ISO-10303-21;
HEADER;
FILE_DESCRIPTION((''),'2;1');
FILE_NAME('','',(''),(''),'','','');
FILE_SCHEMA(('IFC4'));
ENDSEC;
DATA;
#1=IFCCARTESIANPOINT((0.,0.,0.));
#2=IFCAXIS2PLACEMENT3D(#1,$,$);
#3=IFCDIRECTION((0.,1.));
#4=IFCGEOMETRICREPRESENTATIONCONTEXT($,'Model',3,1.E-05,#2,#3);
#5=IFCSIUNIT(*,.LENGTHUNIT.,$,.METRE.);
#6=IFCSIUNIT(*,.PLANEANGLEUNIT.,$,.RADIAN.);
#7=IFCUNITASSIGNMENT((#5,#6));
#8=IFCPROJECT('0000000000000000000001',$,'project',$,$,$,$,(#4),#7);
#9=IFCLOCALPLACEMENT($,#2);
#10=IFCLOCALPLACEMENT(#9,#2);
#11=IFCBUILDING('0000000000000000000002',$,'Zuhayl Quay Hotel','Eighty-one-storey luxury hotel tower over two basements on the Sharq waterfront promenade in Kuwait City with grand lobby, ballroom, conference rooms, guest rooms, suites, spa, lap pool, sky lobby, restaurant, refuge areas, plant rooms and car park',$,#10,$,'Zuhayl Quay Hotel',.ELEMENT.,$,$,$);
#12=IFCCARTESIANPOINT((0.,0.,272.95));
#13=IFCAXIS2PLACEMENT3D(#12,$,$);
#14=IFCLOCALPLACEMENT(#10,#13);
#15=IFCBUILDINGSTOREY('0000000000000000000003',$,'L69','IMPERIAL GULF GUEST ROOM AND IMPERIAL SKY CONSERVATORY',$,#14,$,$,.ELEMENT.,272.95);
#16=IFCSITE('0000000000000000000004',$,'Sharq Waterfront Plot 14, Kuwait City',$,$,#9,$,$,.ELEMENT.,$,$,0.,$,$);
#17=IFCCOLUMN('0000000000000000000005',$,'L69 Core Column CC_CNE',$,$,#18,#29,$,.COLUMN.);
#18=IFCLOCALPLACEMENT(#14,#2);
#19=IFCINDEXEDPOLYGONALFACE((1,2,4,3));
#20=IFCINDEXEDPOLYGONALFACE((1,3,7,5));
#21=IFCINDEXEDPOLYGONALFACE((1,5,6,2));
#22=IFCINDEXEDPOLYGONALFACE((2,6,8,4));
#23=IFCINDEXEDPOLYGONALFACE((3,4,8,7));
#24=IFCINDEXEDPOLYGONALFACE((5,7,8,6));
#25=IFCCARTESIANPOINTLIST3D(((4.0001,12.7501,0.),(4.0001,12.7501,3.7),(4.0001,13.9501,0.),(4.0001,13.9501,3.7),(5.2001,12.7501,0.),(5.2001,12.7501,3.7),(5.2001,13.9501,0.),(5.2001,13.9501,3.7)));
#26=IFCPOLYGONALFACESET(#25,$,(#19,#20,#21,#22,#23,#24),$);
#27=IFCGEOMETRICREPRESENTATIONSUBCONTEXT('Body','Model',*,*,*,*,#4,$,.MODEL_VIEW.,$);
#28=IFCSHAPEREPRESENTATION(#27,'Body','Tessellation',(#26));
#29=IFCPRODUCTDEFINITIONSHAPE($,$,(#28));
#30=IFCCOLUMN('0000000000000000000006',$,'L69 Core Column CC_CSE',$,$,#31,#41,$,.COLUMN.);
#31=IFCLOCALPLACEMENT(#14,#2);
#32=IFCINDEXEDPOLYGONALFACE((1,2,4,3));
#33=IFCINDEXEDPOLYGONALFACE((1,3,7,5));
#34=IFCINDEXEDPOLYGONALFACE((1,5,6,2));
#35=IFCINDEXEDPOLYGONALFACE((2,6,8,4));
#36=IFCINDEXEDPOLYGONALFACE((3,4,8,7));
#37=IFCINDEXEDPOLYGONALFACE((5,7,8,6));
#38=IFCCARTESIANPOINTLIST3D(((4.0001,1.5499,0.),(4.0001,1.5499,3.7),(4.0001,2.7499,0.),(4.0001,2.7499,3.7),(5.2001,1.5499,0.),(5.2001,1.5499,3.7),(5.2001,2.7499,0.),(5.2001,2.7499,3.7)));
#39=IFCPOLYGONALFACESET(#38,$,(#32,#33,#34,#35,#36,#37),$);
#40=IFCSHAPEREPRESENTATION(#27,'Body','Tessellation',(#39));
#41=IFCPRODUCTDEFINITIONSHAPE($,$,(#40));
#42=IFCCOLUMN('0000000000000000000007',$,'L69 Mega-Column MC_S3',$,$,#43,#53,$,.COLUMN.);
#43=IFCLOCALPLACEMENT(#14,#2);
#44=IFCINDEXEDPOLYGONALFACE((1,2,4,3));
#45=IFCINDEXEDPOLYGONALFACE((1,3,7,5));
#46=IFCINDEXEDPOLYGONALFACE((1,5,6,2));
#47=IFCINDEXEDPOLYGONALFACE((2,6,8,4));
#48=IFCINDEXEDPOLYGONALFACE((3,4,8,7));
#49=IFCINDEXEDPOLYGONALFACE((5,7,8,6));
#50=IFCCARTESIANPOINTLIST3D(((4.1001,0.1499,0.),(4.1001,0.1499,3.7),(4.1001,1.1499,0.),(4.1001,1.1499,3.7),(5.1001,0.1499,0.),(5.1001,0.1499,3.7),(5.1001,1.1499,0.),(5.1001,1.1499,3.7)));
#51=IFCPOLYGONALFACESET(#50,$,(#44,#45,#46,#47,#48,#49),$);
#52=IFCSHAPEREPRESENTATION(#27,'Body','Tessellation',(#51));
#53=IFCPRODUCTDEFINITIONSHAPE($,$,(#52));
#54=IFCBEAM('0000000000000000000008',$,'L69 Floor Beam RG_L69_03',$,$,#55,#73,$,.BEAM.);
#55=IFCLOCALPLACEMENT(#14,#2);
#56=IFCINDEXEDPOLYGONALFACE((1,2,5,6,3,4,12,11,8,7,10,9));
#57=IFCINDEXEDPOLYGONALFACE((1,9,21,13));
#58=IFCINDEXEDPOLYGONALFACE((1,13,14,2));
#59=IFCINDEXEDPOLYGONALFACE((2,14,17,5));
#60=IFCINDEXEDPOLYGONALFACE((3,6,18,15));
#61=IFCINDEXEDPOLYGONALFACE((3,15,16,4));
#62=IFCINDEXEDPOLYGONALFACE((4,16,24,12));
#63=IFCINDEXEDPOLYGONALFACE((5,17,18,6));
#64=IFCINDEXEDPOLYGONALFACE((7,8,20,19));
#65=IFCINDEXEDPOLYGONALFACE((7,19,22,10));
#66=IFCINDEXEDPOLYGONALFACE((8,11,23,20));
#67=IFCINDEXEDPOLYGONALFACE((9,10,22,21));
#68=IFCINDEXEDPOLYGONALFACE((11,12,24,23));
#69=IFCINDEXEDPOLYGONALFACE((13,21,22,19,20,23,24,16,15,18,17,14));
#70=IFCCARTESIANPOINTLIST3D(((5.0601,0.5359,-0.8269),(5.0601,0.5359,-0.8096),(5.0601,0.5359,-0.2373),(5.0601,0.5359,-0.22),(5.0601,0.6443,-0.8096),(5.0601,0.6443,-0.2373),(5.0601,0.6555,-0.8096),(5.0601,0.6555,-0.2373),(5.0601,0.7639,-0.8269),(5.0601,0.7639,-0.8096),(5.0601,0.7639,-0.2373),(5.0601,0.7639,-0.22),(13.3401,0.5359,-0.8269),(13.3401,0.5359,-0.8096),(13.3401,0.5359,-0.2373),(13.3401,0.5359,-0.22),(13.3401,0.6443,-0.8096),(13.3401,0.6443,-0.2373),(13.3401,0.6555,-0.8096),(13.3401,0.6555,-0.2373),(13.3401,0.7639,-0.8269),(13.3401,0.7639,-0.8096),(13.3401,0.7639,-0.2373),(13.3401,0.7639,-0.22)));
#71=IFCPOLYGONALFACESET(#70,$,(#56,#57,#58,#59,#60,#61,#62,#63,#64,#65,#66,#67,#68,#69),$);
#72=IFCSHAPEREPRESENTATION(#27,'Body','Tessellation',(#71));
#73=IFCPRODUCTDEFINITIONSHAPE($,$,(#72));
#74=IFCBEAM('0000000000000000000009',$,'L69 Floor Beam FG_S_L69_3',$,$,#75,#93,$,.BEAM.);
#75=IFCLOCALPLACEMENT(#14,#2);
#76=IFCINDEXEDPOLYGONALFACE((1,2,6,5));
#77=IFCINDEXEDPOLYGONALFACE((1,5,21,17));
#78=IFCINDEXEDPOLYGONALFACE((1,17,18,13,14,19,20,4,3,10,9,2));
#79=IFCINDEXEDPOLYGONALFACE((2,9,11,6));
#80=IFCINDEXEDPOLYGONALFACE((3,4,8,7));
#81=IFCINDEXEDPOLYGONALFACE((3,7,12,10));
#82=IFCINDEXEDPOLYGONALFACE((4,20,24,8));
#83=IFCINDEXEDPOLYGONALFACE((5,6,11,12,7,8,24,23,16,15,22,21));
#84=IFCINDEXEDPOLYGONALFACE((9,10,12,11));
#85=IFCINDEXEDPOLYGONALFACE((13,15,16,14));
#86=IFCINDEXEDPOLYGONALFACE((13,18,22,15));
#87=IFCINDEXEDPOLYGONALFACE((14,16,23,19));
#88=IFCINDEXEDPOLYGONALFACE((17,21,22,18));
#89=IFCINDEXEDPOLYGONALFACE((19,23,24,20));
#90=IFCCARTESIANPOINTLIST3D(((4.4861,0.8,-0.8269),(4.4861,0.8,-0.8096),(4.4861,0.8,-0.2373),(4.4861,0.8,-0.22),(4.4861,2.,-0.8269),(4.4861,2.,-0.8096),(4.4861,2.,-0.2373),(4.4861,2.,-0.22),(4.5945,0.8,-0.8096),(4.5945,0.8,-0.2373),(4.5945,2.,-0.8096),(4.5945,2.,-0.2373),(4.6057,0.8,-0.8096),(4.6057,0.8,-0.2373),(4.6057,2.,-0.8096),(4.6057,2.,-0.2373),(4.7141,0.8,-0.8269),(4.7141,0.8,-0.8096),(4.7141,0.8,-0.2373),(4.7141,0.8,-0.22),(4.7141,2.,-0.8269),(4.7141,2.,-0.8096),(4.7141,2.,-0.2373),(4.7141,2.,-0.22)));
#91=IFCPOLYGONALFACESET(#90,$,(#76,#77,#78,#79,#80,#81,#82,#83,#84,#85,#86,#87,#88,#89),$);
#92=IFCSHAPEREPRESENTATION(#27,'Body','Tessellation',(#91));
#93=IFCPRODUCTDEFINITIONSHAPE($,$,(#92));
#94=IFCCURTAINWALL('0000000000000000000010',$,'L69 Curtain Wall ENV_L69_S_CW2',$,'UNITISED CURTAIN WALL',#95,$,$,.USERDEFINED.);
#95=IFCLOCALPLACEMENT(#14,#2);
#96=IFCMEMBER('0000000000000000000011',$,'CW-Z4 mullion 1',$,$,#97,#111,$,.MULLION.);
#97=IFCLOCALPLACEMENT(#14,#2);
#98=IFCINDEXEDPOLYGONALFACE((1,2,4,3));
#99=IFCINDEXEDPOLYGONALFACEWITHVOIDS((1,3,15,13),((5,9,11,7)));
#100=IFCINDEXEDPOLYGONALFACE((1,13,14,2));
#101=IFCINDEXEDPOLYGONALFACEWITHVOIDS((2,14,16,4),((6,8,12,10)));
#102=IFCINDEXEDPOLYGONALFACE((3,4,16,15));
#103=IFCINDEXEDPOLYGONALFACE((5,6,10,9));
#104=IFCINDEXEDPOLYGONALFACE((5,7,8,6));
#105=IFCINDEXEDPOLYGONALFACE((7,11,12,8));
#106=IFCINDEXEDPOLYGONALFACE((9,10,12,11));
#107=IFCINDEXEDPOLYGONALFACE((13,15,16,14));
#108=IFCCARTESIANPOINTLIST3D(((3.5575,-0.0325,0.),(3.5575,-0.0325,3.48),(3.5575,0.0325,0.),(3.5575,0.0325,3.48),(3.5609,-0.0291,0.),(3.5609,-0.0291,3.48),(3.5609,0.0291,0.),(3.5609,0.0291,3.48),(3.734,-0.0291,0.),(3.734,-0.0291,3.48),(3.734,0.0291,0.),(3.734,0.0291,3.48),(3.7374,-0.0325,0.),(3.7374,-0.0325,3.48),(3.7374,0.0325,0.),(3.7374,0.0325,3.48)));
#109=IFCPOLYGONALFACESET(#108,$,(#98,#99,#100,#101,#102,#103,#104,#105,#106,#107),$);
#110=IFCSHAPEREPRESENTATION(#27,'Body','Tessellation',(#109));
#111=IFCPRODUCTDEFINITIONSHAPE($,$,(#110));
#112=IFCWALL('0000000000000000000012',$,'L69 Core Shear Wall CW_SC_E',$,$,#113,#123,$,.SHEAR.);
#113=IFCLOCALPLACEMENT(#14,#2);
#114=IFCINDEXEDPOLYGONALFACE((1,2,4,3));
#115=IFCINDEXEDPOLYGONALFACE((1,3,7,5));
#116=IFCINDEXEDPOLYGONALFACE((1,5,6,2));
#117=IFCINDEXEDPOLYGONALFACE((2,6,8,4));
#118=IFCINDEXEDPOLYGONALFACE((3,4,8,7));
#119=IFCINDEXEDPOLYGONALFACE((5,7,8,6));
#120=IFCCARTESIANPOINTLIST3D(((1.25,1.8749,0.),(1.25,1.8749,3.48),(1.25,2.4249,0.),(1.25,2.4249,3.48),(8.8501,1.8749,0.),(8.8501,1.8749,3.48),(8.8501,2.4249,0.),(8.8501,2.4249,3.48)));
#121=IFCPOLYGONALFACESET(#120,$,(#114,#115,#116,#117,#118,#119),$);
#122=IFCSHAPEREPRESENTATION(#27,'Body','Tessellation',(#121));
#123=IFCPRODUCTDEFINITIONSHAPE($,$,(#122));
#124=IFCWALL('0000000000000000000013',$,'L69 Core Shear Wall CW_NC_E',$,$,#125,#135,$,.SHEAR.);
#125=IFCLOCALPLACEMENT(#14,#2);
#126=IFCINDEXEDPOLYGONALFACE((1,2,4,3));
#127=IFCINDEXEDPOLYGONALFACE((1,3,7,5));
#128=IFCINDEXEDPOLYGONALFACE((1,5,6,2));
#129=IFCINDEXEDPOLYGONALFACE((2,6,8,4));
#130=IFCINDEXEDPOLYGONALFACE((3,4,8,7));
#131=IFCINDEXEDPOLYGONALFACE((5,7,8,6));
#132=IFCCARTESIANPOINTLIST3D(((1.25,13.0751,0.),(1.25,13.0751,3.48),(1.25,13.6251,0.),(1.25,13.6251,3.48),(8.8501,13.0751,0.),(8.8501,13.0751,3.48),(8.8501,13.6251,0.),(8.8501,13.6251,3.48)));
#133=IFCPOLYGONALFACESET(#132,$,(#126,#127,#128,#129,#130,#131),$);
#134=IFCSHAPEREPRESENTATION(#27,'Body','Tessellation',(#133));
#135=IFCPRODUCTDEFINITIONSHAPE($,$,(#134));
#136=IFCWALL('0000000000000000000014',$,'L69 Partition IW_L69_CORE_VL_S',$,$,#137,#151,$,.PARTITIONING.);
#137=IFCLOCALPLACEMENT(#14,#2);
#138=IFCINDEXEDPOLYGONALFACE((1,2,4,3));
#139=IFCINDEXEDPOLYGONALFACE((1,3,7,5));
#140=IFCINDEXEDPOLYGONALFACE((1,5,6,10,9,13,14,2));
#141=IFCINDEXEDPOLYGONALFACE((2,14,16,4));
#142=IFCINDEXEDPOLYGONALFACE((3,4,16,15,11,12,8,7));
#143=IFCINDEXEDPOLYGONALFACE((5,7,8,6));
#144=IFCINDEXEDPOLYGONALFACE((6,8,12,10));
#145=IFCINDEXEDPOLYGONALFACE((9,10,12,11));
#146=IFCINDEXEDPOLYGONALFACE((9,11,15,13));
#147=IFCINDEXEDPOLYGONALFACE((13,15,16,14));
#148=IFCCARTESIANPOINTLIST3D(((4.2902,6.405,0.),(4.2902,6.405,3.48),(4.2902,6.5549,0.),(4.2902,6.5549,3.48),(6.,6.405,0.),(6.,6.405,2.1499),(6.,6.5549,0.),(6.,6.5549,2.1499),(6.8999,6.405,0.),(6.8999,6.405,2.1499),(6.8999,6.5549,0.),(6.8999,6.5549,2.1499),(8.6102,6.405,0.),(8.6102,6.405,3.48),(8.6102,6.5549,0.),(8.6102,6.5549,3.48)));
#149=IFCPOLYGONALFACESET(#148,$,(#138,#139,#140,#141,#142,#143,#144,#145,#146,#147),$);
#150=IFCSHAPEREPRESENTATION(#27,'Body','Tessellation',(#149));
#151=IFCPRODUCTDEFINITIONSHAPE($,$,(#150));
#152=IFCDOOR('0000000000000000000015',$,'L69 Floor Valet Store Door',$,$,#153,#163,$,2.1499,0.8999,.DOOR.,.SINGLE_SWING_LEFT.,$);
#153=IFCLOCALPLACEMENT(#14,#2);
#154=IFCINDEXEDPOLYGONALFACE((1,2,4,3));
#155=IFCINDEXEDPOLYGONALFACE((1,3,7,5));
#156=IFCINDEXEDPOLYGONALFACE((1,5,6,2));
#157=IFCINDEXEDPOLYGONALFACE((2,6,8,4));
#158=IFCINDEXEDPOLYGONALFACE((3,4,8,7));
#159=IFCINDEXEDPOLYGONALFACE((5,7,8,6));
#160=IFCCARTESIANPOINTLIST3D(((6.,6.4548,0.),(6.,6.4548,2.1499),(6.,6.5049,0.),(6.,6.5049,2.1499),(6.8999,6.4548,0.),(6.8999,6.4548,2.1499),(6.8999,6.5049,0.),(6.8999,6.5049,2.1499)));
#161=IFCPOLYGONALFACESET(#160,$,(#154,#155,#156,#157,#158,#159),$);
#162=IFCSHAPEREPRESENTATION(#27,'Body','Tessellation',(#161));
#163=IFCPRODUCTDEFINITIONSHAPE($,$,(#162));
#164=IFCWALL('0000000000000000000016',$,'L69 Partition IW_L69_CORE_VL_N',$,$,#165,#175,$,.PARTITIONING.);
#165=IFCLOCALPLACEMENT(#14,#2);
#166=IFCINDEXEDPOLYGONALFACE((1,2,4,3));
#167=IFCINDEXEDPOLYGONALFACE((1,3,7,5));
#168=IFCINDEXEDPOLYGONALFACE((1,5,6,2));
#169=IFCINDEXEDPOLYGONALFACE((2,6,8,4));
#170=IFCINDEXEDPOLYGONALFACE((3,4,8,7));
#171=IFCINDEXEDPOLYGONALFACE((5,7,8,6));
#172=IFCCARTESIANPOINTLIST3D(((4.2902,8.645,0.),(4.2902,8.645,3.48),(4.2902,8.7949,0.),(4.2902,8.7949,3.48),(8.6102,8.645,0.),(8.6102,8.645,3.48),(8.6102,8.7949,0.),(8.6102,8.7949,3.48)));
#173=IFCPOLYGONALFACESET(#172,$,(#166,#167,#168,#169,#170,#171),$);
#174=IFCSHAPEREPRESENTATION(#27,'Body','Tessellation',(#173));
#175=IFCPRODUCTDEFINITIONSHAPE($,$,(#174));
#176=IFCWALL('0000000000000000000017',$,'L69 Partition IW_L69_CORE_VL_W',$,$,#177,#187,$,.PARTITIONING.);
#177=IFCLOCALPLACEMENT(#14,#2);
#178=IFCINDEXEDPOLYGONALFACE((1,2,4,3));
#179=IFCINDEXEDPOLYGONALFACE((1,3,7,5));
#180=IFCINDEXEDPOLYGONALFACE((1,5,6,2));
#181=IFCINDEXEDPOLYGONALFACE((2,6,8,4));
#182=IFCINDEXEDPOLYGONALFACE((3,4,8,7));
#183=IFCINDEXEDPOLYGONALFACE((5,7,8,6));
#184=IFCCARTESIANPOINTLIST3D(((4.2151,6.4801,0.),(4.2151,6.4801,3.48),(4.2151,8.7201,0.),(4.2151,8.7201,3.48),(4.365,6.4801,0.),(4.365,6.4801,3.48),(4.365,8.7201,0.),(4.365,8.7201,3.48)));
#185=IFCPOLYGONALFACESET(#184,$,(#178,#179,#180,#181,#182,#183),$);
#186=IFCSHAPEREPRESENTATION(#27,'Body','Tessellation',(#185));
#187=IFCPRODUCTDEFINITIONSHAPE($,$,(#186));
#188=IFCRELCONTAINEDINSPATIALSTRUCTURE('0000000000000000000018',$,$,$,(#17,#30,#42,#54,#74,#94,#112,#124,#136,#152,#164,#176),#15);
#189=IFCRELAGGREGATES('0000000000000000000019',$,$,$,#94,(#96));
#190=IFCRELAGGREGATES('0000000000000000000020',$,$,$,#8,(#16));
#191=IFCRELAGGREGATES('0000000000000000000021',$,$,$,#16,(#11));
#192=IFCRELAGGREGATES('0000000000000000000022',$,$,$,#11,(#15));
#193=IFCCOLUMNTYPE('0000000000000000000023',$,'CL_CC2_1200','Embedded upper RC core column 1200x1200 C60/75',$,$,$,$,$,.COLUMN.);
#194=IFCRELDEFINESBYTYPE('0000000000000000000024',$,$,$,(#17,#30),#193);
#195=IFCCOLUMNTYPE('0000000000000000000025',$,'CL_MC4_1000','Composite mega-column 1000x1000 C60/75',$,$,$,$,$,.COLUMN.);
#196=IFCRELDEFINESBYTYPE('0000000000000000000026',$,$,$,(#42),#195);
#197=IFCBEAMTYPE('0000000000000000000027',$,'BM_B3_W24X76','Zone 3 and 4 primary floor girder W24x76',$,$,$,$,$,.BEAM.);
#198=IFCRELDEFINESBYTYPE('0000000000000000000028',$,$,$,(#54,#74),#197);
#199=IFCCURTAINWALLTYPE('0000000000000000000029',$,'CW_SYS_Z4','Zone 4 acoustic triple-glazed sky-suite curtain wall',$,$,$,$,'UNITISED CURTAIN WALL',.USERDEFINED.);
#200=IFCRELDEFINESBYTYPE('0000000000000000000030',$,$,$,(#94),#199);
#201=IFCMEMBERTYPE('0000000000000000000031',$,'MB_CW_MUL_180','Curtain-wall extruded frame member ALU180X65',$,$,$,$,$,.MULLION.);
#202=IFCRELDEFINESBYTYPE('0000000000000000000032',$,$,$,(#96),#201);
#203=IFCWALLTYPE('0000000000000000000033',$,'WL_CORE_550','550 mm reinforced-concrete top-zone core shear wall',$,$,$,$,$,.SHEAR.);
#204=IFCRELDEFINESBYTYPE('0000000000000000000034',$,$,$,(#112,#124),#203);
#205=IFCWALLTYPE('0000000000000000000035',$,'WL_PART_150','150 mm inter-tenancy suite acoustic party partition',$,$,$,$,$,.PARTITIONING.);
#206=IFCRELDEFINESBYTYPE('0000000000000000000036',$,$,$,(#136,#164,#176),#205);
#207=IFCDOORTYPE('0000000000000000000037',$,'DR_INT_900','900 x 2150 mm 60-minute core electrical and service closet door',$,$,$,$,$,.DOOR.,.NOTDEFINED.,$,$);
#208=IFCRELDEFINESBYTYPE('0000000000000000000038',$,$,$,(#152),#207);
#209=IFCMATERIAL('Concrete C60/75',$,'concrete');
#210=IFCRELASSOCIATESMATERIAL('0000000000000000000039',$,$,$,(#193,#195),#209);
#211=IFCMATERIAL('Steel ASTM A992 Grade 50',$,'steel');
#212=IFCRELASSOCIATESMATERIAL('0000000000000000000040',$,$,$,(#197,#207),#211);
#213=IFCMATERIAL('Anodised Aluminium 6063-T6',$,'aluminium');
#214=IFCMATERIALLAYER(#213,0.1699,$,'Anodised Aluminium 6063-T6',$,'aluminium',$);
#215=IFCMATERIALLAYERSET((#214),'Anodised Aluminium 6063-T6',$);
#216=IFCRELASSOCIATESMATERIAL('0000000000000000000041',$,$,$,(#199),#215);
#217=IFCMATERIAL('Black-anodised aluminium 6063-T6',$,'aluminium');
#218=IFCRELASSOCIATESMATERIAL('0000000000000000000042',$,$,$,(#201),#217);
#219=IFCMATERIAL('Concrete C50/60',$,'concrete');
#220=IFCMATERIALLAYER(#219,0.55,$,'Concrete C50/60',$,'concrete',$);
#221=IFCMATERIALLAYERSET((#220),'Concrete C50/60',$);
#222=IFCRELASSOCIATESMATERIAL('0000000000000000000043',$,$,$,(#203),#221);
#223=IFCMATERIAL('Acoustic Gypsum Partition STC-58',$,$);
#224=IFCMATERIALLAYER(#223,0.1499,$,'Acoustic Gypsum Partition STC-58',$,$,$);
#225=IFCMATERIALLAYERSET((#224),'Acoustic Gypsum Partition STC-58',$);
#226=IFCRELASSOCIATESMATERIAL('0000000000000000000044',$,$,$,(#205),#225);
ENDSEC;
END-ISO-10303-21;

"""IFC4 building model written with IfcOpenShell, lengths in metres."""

from ifc_helpers import new_model, si_unit, direction, frame, frame_2d, origin, origin_2d, place, context, subcontext, project, spatial, rectangle, hollow_rectangle, i_section, extrude, material, layer, layer_set, material_profile, profile_set, type_object, element, fill, aggregate, save


model = new_model("IFC4")

# Units and contexts
model_context = context("Model", 3, precision=1e-05, world=origin(), true_north=direction((0.0, 1.0)))
body_context = subcontext(model_context, "Body", "Model", "MODEL_VIEW")
ifc_project = project(units=[si_unit("LENGTHUNIT", "METRE"), si_unit("PLANEANGLEUNIT", "RADIAN")], contexts=[model_context])

# Site, building, storey
site_placement = place(None, origin())
site = spatial("IfcSite", under=ifc_project, at=site_placement, Name="Sharq Waterfront Plot 14, Kuwait City", CompositionType="ELEMENT", RefElevation=0.0)
building_placement = place(site_placement, origin())
building = spatial("IfcBuilding", under=site, at=building_placement, Name="Zuhayl Quay Hotel", Description="Eighty-one-storey luxury hotel tower over two basements on the Sharq waterfront promenade in Kuwait City with grand lobby, ballroom, conference rooms, guest rooms, suites, spa, lap pool, sky lobby, restaurant, refuge areas, plant rooms and car park", LongName="Zuhayl Quay Hotel", CompositionType="ELEMENT")
storey_placement = place(building_placement, frame((0.0, 0.0, 272.95)))
storey = spatial("IfcBuildingStorey", under=building, at=storey_placement, Name="L69", Description="IMPERIAL GULF GUEST ROOM AND IMPERIAL SKY CONSERVATORY", CompositionType="ELEMENT", Elevation=272.95)

# Columns
ifc_material_1 = material(Name="Concrete C60/75", Category="concrete")
ifc_material_profile_1 = material_profile(ifc_material_1, rectangle(XDim=1.2, YDim=1.2, at=origin_2d()), Name="RC1200X1200")
ifc_profile_set_1 = profile_set([ifc_material_profile_1], Name="Concrete C60/75")
column_type_1 = type_object("IfcColumnType", Name="CL_CC2_1200", Description="Embedded upper RC core column 1200x1200 C60/75", PredefinedType="COLUMN", material=ifc_profile_set_1)
for number, where, z_axis, x_axis, name in (
    (1, (4.6001, 13.3501, 0.0), (0.0, 0.0, 1.0), (1.0, 0.0, 0.0), "L69 Core Column CC_CNE"),
    (2, (4.6001, 2.1499, 0.0), (0.0, 0.0, 1.0), (1.0, 0.0, 0.0), "L69 Core Column CC_CSE"),
):
    element("IfcColumn", number, at=place(storey_placement, frame(where, z_axis=z_axis, x_axis=x_axis)), inside=storey, type_object=column_type_1, Name=name, PredefinedType="COLUMN", context=body_context, shape_type="SweptSolid", body=[
        extrude(rectangle(XDim=1.2, YDim=1.2, at=origin_2d()), origin(), (0.0, 0.0, 1.0), 3.7),
    ])
ifc_material_profile_2 = material_profile(ifc_material_1, rectangle(XDim=1.0, YDim=1.0, at=origin_2d()), Name="RC1000X1000")
ifc_profile_set_2 = profile_set([ifc_material_profile_2], Name="Concrete C60/75")
column_type_2 = type_object("IfcColumnType", Name="CL_MC4_1000", Description="Composite mega-column 1000x1000 C60/75", PredefinedType="COLUMN", material=ifc_profile_set_2)
column_placement = place(storey_placement, frame((4.6001, 0.6499, 0.0), z_axis=(0.0, 0.0, 1.0), x_axis=(1.0, 0.0, 0.0)))
element("IfcColumn", 3, at=column_placement, inside=storey, type_object=column_type_2, Name="L69 Mega-Column MC_S3", PredefinedType="COLUMN", context=body_context, shape_type="SweptSolid", body=[
    extrude(rectangle(XDim=1.0, YDim=1.0, at=origin_2d()), origin(), (0.0, 0.0, 1.0), 3.7),
])

# Beams
ifc_material_2 = material(Name="Steel ASTM A992 Grade 50", Category="steel")
ifc_material_profile_3 = material_profile(ifc_material_2, i_section(OverallWidth=0.228, OverallDepth=0.6069, WebThickness=0.0112, FlangeThickness=0.0173, at=origin_2d()), Name="W24X76")
ifc_profile_set_3 = profile_set([ifc_material_profile_3], Name="Steel ASTM A992 Grade 50")
beam_type = type_object("IfcBeamType", Name="BM_B3_W24X76", Description="Zone 3 and 4 primary floor girder W24x76", PredefinedType="BEAM", material=ifc_profile_set_3)
beam_1_placement = place(storey_placement, frame((5.0601, 0.6499, -0.5234), z_axis=(1.0, 0.0, 0.0), x_axis=(0.0, 1.0, 0.0)))
element("IfcBeam", 4, at=beam_1_placement, inside=storey, type_object=beam_type, Name="L69 Floor Beam RG_L69_03", PredefinedType="BEAM", context=body_context, shape_type="SweptSolid", body=[
    extrude(i_section(OverallWidth=0.228, OverallDepth=0.6069, WebThickness=0.0112, FlangeThickness=0.0173, at=origin_2d()), origin(), (0.0, 0.0, 1.0), 8.28),
])
beam_2_placement = place(storey_placement, frame((4.6001, 0.8, -0.5234), z_axis=(0.0, 1.0, 0.0), x_axis=(-1.0, 0.0, 0.0)))
element("IfcBeam", 5, at=beam_2_placement, inside=storey, type_object=beam_type, Name="L69 Floor Beam FG_S_L69_3", PredefinedType="BEAM", context=body_context, shape_type="SweptSolid", body=[
    extrude(i_section(OverallWidth=0.228, OverallDepth=0.6069, WebThickness=0.0112, FlangeThickness=0.0173, at=origin_2d()), origin(), (0.0, 0.0, 1.0), 1.2),
])

# Curtain wall, member
ifc_material_3 = material(Name="Anodised Aluminium 6063-T6", Category="aluminium")
ifc_layer_1 = layer(ifc_material_3, 0.1699, Name="Anodised Aluminium 6063-T6", Category="aluminium")
ifc_layer_set_1 = layer_set([ifc_layer_1], Name="Anodised Aluminium 6063-T6")
curtain_wall_type = type_object("IfcCurtainWallType", Name="CW_SYS_Z4", Description="Zone 4 acoustic triple-glazed sky-suite curtain wall", ElementType="UNITISED CURTAIN WALL", PredefinedType="USERDEFINED", material=ifc_layer_set_1)
curtain_wall_placement = place(storey_placement, origin())
curtain_wall = element("IfcCurtainWall", 6, at=curtain_wall_placement, inside=storey, type_object=curtain_wall_type, Name="L69 Curtain Wall ENV_L69_S_CW2", ObjectType="UNITISED CURTAIN WALL", PredefinedType="USERDEFINED")
ifc_material_4 = material(Name="Black-anodised aluminium 6063-T6", Category="aluminium")
ifc_material_profile_4 = material_profile(ifc_material_4, hollow_rectangle(XDim=0.0649, YDim=0.1799, WallThickness=0.0034, at=origin_2d()), Name="ALU180X65")
ifc_profile_set_4 = profile_set([ifc_material_profile_4], Name="Black-anodised aluminium 6063-T6")
member_type = type_object("IfcMemberType", Name="MB_CW_MUL_180", Description="Curtain-wall extruded frame member ALU180X65", PredefinedType="MULLION", material=ifc_profile_set_4)
member_placement = place(storey_placement, frame((3.6475, 0.0, 0.0), z_axis=(0.0, 0.0, 1.0), x_axis=(0.0, -1.0, 0.0)))
member = element("IfcMember", 7, at=member_placement, type_object=member_type, Name="CW-Z4 mullion 1", PredefinedType="MULLION", context=body_context, shape_type="SweptSolid", body=[
    extrude(hollow_rectangle(XDim=0.0649, YDim=0.1799, WallThickness=0.0034, at=origin_2d()), origin(), (0.0, 0.0, 1.0), 3.48),
])
aggregate(curtain_wall, [member])

# Walls
ifc_material_5 = material(Name="Concrete C50/60", Category="concrete")
ifc_layer_2 = layer(ifc_material_5, 0.55, Name="Concrete C50/60", Category="concrete")
ifc_layer_set_2 = layer_set([ifc_layer_2], Name="Concrete C50/60")
wall_type_1 = type_object("IfcWallType", Name="WL_CORE_550", Description="550 mm reinforced-concrete top-zone core shear wall", PredefinedType="SHEAR", material=ifc_layer_set_2)
for number, where, z_axis, x_axis, name in (
    (8, (1.25, 2.1499, 0.0), (0.0, 0.0, 1.0), (1.0, 0.0, 0.0), "L69 Core Shear Wall CW_SC_E"),
    (9, (1.25, 13.3501, 0.0), (0.0, 0.0, 1.0), (1.0, 0.0, 0.0), "L69 Core Shear Wall CW_NC_E"),
):
    element("IfcWall", number, at=place(storey_placement, frame(where, z_axis=z_axis, x_axis=x_axis)), inside=storey, type_object=wall_type_1, Name=name, PredefinedType="SHEAR", context=body_context, shape_type="SweptSolid", body=[
        extrude(rectangle(XDim=7.6001, YDim=0.55, at=frame_2d((3.8, 0.0))), origin(), (0.0, 0.0, 1.0), 3.48),
    ])

# Wall, opening, door
ifc_material_6 = material(Name="Acoustic Gypsum Partition STC-58")
ifc_layer_3 = layer(ifc_material_6, 0.1499, Name="Acoustic Gypsum Partition STC-58")
ifc_layer_set_3 = layer_set([ifc_layer_3], Name="Acoustic Gypsum Partition STC-58")
wall_type_2 = type_object("IfcWallType", Name="WL_PART_150", Description="150 mm inter-tenancy suite acoustic party partition", PredefinedType="PARTITIONING", material=ifc_layer_set_3)
wall_1_placement = place(storey_placement, frame((4.29, 6.48, 0.0), z_axis=(0.0, 0.0, 1.0), x_axis=(1.0, 0.0, 0.0)))
wall_1 = element("IfcWall", 10, at=wall_1_placement, inside=storey, type_object=wall_type_2, Name="L69 Partition IW_L69_CORE_VL_S", PredefinedType="PARTITIONING", context=body_context, shape_type="SweptSolid", body=[
    extrude(rectangle(XDim=4.3201, YDim=0.1499, at=frame_2d((2.1602, 0.0))), origin(), (0.0, 0.0, 1.0), 3.48),
])
opening_1_placement = place(wall_1_placement, frame((1.71, 0.0, 0.0)))
opening_1 = element("IfcOpeningElement", 11, at=opening_1_placement, cuts=wall_1, PredefinedType="OPENING", context=body_context, shape_type="SweptSolid", body=[
    extrude(rectangle(XDim=0.8999, YDim=2.1499, at=frame_2d((0.45, 1.075))), frame((0.0, 0.085, 0.0), z_axis=(0.0, -1.0, 0.0), x_axis=(1.0, 0.0, 0.0)), (0.0, 0.0, 1.0), 0.1699),
])
door_type_1 = type_object("IfcDoorType", Name="DR_INT_900", Description="900 x 2150 mm 60-minute core electrical and service closet door", OperationType="NOTDEFINED", PredefinedType="DOOR", material=ifc_material_2)
door_1_placement = place(opening_1_placement, origin())
door_1 = element("IfcDoor", 12, at=door_1_placement, inside=storey, type_object=door_type_1, Name="L69 Floor Valet Store Door", OperationType="SINGLE_SWING_LEFT", OverallHeight=2.1499, OverallWidth=0.8999, PredefinedType="DOOR", context=body_context, shape_type="SweptSolid", body=[
    extrude(rectangle(XDim=0.8999, YDim=2.1499, at=frame_2d((0.45, 1.075))), frame((0.0, 0.0249, 0.0), z_axis=(0.0, -1.0, 0.0), x_axis=(1.0, 0.0, 0.0)), (0.0, 0.0, 1.0), 0.05),
])
fill(opening_1, door_1)

# Walls
wall_2_placement = place(storey_placement, frame((4.29, 8.72, 0.0), z_axis=(0.0, 0.0, 1.0), x_axis=(1.0, 0.0, 0.0)))
element("IfcWall", 13, at=wall_2_placement, inside=storey, type_object=wall_type_2, Name="L69 Partition IW_L69_CORE_VL_N", PredefinedType="PARTITIONING", context=body_context, shape_type="SweptSolid", body=[
    extrude(rectangle(XDim=4.3201, YDim=0.1499, at=frame_2d((2.1602, 0.0))), origin(), (0.0, 0.0, 1.0), 3.48),
])
wall_3_placement = place(storey_placement, frame((4.29, 6.48, 0.0), z_axis=(0.0, 0.0, 1.0), x_axis=(0.0, 1.0, 0.0)))
element("IfcWall", 14, at=wall_3_placement, inside=storey, type_object=wall_type_2, Name="L69 Partition IW_L69_CORE_VL_W", PredefinedType="PARTITIONING", context=body_context, shape_type="SweptSolid", body=[
    extrude(rectangle(XDim=2.24, YDim=0.1499, at=frame_2d((1.1201, 0.0))), origin(), (0.0, 0.0, 1.0), 3.48),
])

save(model, "model.ifc")
